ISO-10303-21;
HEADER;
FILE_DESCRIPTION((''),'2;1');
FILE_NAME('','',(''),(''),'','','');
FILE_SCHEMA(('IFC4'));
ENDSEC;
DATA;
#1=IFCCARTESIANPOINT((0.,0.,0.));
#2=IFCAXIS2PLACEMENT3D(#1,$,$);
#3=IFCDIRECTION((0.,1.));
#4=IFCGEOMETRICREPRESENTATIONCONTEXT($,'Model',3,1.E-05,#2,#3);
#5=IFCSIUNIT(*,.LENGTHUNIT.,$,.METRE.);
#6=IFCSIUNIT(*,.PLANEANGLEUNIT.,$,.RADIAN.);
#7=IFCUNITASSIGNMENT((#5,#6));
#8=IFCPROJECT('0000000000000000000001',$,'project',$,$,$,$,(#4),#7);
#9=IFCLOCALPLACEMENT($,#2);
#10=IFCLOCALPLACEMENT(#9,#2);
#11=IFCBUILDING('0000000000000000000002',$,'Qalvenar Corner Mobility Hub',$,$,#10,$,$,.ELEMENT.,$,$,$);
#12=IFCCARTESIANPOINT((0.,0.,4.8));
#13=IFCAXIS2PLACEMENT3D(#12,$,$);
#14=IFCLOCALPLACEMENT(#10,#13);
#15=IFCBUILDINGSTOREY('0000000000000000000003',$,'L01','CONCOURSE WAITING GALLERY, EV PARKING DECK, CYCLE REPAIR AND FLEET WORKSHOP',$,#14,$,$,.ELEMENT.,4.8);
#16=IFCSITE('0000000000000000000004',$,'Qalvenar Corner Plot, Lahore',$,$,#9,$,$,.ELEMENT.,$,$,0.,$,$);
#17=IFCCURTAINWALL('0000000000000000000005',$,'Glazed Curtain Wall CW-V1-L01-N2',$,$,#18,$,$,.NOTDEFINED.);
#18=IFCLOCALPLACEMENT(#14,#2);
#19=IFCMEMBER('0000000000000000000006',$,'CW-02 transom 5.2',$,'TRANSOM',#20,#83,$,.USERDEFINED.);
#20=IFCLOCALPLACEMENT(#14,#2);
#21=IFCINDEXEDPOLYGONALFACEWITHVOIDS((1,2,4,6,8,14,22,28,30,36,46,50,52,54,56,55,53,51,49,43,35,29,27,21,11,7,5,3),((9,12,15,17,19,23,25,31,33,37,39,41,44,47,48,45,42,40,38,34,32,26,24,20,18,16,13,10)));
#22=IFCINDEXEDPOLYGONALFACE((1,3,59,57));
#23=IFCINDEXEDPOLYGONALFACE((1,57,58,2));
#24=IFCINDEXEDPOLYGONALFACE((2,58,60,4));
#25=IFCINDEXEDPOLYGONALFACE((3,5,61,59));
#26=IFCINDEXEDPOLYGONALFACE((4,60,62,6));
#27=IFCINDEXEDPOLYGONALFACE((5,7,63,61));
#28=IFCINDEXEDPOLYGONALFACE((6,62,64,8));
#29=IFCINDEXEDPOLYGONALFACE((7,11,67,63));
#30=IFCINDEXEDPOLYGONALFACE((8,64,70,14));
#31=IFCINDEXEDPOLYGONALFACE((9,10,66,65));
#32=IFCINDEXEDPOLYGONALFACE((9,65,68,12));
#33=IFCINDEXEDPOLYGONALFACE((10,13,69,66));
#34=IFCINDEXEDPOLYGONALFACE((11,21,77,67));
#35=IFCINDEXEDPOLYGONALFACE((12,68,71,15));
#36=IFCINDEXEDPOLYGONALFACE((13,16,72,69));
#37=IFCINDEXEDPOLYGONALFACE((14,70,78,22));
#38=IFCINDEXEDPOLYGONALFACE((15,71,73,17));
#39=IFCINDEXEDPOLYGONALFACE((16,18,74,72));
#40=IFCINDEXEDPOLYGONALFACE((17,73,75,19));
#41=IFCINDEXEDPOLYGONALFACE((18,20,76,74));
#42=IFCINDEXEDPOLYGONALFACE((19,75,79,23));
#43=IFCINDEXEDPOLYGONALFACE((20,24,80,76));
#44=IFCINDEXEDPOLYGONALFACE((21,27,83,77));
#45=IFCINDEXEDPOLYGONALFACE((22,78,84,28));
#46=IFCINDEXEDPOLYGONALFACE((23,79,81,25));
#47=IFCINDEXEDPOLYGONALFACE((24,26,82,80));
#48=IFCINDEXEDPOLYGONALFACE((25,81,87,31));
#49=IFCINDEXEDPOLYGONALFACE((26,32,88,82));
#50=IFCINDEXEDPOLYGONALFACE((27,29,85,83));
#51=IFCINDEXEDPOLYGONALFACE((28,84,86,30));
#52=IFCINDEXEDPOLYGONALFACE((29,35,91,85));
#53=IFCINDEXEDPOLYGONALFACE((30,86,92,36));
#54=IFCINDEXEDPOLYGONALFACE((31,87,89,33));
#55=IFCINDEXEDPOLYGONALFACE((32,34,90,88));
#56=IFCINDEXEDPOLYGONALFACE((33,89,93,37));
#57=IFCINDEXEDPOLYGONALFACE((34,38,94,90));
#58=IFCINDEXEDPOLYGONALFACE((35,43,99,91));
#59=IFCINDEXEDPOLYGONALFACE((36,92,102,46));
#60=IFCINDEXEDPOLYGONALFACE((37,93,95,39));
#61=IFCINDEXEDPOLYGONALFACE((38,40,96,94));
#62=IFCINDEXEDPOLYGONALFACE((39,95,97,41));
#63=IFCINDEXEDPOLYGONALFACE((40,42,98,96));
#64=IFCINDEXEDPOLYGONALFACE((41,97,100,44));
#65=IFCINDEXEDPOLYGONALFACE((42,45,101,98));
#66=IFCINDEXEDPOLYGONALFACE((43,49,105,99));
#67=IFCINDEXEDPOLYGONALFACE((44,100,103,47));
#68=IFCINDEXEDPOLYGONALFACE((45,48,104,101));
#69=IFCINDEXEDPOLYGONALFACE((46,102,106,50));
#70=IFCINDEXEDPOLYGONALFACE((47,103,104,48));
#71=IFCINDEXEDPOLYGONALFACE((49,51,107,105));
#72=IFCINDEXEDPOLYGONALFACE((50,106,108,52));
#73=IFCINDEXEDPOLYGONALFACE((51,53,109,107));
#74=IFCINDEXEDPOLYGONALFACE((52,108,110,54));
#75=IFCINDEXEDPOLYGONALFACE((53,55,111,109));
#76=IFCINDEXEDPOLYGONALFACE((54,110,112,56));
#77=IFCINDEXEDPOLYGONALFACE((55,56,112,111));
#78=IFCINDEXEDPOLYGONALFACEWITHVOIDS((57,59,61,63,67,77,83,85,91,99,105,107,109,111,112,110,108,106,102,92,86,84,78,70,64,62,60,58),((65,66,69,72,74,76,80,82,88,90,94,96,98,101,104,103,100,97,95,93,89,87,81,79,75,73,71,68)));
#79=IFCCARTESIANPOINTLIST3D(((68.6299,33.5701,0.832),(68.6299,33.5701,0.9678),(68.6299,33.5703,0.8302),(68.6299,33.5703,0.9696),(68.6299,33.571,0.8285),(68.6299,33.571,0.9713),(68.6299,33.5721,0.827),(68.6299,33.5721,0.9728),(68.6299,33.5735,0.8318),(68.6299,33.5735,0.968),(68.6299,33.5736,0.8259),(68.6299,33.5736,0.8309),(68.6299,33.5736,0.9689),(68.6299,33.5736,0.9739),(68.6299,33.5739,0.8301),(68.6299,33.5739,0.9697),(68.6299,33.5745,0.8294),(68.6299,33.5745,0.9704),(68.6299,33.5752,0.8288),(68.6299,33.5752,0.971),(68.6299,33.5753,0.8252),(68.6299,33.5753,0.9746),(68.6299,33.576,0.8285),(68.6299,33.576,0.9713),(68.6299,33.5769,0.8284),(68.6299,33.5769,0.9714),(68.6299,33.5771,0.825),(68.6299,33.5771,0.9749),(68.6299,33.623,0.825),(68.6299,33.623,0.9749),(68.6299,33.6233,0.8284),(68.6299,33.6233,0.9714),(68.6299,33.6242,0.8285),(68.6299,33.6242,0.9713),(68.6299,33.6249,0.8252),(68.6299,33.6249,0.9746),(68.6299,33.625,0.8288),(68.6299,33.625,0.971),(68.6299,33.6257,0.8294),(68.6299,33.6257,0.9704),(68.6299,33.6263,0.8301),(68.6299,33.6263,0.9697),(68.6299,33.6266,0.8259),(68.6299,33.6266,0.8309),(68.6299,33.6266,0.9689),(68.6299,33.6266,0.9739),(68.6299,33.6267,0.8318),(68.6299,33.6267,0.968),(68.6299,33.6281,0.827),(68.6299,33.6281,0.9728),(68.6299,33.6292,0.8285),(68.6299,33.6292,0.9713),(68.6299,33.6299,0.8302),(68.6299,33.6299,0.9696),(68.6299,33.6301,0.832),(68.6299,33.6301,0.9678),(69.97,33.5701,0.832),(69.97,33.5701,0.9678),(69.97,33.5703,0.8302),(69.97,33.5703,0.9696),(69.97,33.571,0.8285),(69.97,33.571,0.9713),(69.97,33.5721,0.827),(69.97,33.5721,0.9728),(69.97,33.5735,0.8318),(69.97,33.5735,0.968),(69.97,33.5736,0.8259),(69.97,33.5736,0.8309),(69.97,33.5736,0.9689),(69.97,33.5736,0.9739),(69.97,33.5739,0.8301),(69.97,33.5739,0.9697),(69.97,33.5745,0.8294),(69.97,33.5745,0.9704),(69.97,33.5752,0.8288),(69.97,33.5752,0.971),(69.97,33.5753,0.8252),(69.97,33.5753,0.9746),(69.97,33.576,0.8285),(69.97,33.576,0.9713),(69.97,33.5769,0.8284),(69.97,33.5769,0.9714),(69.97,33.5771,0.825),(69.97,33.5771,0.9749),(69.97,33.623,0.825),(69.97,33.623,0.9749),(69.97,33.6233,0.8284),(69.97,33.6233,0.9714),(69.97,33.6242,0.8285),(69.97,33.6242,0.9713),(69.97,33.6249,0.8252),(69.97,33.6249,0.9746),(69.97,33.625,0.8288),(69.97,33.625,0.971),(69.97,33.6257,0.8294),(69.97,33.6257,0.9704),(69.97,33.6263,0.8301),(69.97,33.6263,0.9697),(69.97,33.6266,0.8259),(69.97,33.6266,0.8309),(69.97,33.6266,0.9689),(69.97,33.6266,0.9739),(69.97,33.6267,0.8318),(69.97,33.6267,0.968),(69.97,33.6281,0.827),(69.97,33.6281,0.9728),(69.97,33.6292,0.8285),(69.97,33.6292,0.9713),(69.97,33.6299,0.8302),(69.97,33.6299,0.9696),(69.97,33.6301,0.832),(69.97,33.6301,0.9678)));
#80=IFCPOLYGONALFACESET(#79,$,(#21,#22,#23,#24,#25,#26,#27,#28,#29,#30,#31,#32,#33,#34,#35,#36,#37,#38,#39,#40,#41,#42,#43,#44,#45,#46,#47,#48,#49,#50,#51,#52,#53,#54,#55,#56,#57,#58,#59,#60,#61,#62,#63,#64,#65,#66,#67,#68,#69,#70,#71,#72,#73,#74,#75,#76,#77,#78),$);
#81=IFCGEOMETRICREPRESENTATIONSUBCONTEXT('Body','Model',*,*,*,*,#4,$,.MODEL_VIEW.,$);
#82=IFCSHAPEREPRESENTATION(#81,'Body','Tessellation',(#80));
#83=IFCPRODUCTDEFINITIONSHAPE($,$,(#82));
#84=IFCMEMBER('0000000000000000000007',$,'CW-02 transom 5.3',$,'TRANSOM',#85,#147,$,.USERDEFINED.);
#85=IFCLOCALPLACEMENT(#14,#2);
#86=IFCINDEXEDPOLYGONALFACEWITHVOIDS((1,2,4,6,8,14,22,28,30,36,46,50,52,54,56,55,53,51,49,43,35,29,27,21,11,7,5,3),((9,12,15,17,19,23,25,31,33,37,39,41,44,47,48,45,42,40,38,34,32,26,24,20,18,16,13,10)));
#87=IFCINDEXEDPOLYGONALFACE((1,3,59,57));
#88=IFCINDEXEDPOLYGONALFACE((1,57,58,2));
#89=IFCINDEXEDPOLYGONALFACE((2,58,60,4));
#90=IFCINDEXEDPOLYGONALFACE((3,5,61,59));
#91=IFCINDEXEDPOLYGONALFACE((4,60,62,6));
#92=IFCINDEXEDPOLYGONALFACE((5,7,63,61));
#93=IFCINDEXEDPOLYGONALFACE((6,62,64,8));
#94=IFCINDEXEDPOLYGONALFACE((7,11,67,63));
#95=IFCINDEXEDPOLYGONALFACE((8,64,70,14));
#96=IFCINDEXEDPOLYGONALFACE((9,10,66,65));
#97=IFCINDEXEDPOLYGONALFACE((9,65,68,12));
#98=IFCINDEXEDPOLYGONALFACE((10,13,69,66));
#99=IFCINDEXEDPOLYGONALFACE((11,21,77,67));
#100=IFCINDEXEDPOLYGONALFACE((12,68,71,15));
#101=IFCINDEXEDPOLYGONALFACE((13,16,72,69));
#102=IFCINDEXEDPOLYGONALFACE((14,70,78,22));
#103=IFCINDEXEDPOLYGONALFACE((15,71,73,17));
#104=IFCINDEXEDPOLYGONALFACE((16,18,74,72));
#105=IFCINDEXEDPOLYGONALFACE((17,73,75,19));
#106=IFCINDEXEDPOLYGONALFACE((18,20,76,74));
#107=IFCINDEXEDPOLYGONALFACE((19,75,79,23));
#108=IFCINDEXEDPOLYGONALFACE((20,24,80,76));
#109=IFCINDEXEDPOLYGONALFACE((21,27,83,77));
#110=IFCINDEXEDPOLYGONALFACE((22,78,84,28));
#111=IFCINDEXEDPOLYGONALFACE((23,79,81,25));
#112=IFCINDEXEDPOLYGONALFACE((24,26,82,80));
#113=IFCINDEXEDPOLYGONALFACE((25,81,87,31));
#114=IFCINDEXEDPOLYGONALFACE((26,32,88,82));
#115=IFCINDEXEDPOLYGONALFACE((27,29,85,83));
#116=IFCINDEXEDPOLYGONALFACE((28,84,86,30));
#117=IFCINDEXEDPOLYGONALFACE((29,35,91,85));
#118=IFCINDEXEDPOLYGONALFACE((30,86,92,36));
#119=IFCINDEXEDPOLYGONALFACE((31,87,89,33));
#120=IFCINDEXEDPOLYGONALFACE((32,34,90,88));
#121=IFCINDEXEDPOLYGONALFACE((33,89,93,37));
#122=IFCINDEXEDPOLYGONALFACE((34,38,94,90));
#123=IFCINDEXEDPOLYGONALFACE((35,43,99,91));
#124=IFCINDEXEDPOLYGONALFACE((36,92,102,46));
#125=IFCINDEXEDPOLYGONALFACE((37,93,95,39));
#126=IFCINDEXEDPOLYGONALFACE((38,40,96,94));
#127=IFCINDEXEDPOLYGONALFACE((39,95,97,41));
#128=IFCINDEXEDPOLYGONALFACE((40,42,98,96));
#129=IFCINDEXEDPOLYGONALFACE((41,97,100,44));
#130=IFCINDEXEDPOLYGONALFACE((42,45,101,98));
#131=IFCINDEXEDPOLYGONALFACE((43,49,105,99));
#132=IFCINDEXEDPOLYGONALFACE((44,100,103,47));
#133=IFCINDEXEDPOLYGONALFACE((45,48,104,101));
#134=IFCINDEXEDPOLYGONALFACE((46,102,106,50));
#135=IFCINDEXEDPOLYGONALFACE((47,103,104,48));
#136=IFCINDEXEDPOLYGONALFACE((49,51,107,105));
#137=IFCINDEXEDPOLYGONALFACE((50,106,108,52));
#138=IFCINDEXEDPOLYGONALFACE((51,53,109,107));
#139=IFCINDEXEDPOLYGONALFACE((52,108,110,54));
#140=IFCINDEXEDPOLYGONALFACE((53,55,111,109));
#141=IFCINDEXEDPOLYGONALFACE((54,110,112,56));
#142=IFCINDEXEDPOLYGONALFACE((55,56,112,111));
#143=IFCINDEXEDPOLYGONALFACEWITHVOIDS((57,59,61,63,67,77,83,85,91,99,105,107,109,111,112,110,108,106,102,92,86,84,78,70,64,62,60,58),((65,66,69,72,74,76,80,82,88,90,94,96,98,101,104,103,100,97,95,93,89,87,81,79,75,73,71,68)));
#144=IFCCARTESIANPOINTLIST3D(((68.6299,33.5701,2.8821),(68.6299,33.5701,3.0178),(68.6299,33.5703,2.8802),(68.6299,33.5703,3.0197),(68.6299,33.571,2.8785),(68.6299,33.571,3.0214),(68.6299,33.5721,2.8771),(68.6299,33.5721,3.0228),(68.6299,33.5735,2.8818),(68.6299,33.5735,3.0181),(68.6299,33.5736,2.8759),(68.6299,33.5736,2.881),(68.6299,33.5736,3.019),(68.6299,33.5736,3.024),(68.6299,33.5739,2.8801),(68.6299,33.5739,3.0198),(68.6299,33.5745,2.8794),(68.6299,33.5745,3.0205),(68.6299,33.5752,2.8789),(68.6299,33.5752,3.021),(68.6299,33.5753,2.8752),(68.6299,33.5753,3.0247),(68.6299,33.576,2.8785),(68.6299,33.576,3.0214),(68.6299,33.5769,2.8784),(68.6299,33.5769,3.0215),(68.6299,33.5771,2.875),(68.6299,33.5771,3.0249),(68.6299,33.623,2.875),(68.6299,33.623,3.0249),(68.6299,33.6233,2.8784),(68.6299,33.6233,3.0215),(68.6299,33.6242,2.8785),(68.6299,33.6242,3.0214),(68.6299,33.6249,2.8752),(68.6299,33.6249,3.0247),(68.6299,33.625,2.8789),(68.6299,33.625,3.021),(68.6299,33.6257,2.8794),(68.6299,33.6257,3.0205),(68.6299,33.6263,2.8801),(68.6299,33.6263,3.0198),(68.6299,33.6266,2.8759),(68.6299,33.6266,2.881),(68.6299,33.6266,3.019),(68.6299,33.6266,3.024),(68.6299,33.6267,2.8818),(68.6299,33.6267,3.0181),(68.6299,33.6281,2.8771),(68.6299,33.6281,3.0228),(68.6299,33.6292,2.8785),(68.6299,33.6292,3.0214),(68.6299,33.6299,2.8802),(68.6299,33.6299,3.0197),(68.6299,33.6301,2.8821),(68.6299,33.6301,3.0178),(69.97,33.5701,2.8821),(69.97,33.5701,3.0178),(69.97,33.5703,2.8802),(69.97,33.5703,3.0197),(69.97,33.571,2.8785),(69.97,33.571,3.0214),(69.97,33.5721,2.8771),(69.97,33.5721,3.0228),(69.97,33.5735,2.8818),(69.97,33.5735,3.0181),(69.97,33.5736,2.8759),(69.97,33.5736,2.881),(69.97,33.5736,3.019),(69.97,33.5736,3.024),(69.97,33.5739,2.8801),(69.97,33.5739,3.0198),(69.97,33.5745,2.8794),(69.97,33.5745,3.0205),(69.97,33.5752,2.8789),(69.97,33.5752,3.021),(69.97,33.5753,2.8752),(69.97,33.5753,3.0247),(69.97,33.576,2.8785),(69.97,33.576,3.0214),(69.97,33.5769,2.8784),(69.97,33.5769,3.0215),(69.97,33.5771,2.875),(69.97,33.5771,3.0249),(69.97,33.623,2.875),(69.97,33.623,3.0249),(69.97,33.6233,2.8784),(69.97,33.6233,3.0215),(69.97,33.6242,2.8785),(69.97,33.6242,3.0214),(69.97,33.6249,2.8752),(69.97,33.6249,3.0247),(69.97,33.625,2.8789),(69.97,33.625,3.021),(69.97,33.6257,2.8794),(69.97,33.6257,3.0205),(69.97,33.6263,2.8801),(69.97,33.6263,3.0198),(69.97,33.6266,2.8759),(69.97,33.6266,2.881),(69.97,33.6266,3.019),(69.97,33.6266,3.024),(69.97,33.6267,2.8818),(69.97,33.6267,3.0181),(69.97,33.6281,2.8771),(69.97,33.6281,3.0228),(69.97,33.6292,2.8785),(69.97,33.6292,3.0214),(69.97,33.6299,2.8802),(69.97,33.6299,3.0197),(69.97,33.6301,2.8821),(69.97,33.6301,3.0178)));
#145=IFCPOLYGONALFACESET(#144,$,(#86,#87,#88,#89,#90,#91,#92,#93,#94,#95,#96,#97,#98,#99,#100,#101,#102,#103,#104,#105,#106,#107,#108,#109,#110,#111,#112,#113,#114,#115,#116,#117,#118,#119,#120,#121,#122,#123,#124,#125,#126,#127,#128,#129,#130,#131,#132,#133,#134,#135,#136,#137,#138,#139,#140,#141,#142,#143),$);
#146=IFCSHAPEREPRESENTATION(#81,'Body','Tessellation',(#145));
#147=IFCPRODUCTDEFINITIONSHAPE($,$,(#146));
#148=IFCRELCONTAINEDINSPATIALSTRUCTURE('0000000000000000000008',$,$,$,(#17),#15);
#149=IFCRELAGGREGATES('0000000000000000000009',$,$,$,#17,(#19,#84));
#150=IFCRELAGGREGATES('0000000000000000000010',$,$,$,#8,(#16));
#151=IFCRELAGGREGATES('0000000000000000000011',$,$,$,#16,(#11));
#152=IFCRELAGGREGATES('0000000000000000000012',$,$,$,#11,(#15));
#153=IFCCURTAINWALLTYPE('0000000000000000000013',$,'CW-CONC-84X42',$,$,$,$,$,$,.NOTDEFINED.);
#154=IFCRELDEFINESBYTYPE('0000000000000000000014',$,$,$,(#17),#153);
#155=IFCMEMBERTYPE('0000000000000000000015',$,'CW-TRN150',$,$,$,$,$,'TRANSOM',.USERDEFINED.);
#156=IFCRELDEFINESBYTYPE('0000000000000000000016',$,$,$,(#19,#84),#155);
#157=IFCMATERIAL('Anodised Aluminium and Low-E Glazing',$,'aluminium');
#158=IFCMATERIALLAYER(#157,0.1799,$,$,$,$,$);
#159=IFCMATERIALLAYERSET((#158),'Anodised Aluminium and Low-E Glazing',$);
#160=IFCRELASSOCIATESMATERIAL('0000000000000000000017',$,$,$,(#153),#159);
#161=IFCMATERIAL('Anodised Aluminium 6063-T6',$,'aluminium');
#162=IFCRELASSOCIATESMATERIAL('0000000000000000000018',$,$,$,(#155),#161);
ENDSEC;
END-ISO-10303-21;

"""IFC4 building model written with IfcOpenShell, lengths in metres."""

from ifc_helpers import new_model, si_unit, direction, frame, origin, origin_2d, place, context, subcontext, project, spatial, hollow_rectangle, extrude, material, layer, layer_set, material_profile, profile_set, type_object, element, aggregate, save


model = new_model("IFC4")

# Units and contexts
model_context = context("Model", 3, precision=1e-05, world=origin(), true_north=direction((0.0, 1.0)))
body_context = subcontext(model_context, "Body", "Model", "MODEL_VIEW")
ifc_project = project(units=[si_unit("LENGTHUNIT", "METRE"), si_unit("PLANEANGLEUNIT", "RADIAN")], contexts=[model_context])

# Site, building, storey
site_placement = place(None, origin())
site = spatial("IfcSite", under=ifc_project, at=site_placement, Name="Qalvenar Corner Plot, Lahore", CompositionType="ELEMENT", RefElevation=0.0)
building_placement = place(site_placement, origin())
building = spatial("IfcBuilding", under=site, at=building_placement, Name="Qalvenar Corner Mobility Hub", CompositionType="ELEMENT")
storey_placement = place(building_placement, frame((0.0, 0.0, 4.8)))
storey = spatial("IfcBuildingStorey", under=building, at=storey_placement, Name="L01", Description="CONCOURSE WAITING GALLERY, EV PARKING DECK, CYCLE REPAIR AND FLEET WORKSHOP", CompositionType="ELEMENT", Elevation=4.8)

# Shared definitions
ifc_material_1 = material(Name="Anodised Aluminium and Low-E Glazing", Category="aluminium")
ifc_layer_1 = layer(ifc_material_1, 0.1799)
ifc_layer_set_1 = layer_set([ifc_layer_1], Name="Anodised Aluminium and Low-E Glazing")
curtain_wall_type = type_object("IfcCurtainWallType", Name="CW-CONC-84X42", PredefinedType="NOTDEFINED", material=ifc_layer_set_1)
ifc_material_2 = material(Name="Anodised Aluminium 6063-T6", Category="aluminium")

# Curtain wall
curtain_wall_1_placement = place(storey_placement, origin())
curtain_wall_1 = element("IfcCurtainWall", 1, at=curtain_wall_1_placement, inside=storey, type_object=curtain_wall_type, Name="Glazed Curtain Wall CW-V1-L01-N2", PredefinedType="NOTDEFINED")

# Members
ifc_material_profile_1 = material_profile(ifc_material_2, hollow_rectangle(XDim=0.0601, YDim=0.1499, WallThickness=0.0034, InnerFilletRadius=0.0034, OuterFilletRadius=0.0071, at=origin_2d()), Name="RHS150x60x3.5")
ifc_profile_set_1 = profile_set([ifc_material_profile_1], Name="Anodised Aluminium 6063-T6")
member_type_1 = type_object("IfcMemberType", Name="CW-TRN150", ElementType="TRANSOM", PredefinedType="USERDEFINED", material=ifc_profile_set_1)
member_1_placement = place(storey_placement, frame((69.97, 33.6001, 0.8999), z_axis=(-1.0, 0.0, 0.0), x_axis=(0.0, -1.0, 0.0)))
member_1 = element("IfcMember", 2, at=member_1_placement, type_object=member_type_1, Name="CW-02 transom 5.2", ObjectType="TRANSOM", PredefinedType="USERDEFINED", context=body_context, shape_type="SweptSolid", body=[
    extrude(hollow_rectangle(XDim=0.0601, YDim=0.1499, WallThickness=0.0034, InnerFilletRadius=0.0034, OuterFilletRadius=0.0071, at=origin_2d()), origin(), (0.0, 0.0, 1.0), 1.3401),
])
member_2_placement = place(storey_placement, frame((69.97, 33.6001, 2.95), z_axis=(-1.0, 0.0, 0.0), x_axis=(0.0, -1.0, 0.0)))
member_2 = element("IfcMember", 3, at=member_2_placement, type_object=member_type_1, Name="CW-02 transom 5.3", ObjectType="TRANSOM", PredefinedType="USERDEFINED", context=body_context, shape_type="SweptSolid", body=[
    extrude(hollow_rectangle(XDim=0.0601, YDim=0.1499, WallThickness=0.0034, InnerFilletRadius=0.0034, OuterFilletRadius=0.0071, at=origin_2d()), origin(), (0.0, 0.0, 1.0), 1.3401),
])

aggregate(curtain_wall_1, [member_1, member_2])

save(model, "model.ifc")
